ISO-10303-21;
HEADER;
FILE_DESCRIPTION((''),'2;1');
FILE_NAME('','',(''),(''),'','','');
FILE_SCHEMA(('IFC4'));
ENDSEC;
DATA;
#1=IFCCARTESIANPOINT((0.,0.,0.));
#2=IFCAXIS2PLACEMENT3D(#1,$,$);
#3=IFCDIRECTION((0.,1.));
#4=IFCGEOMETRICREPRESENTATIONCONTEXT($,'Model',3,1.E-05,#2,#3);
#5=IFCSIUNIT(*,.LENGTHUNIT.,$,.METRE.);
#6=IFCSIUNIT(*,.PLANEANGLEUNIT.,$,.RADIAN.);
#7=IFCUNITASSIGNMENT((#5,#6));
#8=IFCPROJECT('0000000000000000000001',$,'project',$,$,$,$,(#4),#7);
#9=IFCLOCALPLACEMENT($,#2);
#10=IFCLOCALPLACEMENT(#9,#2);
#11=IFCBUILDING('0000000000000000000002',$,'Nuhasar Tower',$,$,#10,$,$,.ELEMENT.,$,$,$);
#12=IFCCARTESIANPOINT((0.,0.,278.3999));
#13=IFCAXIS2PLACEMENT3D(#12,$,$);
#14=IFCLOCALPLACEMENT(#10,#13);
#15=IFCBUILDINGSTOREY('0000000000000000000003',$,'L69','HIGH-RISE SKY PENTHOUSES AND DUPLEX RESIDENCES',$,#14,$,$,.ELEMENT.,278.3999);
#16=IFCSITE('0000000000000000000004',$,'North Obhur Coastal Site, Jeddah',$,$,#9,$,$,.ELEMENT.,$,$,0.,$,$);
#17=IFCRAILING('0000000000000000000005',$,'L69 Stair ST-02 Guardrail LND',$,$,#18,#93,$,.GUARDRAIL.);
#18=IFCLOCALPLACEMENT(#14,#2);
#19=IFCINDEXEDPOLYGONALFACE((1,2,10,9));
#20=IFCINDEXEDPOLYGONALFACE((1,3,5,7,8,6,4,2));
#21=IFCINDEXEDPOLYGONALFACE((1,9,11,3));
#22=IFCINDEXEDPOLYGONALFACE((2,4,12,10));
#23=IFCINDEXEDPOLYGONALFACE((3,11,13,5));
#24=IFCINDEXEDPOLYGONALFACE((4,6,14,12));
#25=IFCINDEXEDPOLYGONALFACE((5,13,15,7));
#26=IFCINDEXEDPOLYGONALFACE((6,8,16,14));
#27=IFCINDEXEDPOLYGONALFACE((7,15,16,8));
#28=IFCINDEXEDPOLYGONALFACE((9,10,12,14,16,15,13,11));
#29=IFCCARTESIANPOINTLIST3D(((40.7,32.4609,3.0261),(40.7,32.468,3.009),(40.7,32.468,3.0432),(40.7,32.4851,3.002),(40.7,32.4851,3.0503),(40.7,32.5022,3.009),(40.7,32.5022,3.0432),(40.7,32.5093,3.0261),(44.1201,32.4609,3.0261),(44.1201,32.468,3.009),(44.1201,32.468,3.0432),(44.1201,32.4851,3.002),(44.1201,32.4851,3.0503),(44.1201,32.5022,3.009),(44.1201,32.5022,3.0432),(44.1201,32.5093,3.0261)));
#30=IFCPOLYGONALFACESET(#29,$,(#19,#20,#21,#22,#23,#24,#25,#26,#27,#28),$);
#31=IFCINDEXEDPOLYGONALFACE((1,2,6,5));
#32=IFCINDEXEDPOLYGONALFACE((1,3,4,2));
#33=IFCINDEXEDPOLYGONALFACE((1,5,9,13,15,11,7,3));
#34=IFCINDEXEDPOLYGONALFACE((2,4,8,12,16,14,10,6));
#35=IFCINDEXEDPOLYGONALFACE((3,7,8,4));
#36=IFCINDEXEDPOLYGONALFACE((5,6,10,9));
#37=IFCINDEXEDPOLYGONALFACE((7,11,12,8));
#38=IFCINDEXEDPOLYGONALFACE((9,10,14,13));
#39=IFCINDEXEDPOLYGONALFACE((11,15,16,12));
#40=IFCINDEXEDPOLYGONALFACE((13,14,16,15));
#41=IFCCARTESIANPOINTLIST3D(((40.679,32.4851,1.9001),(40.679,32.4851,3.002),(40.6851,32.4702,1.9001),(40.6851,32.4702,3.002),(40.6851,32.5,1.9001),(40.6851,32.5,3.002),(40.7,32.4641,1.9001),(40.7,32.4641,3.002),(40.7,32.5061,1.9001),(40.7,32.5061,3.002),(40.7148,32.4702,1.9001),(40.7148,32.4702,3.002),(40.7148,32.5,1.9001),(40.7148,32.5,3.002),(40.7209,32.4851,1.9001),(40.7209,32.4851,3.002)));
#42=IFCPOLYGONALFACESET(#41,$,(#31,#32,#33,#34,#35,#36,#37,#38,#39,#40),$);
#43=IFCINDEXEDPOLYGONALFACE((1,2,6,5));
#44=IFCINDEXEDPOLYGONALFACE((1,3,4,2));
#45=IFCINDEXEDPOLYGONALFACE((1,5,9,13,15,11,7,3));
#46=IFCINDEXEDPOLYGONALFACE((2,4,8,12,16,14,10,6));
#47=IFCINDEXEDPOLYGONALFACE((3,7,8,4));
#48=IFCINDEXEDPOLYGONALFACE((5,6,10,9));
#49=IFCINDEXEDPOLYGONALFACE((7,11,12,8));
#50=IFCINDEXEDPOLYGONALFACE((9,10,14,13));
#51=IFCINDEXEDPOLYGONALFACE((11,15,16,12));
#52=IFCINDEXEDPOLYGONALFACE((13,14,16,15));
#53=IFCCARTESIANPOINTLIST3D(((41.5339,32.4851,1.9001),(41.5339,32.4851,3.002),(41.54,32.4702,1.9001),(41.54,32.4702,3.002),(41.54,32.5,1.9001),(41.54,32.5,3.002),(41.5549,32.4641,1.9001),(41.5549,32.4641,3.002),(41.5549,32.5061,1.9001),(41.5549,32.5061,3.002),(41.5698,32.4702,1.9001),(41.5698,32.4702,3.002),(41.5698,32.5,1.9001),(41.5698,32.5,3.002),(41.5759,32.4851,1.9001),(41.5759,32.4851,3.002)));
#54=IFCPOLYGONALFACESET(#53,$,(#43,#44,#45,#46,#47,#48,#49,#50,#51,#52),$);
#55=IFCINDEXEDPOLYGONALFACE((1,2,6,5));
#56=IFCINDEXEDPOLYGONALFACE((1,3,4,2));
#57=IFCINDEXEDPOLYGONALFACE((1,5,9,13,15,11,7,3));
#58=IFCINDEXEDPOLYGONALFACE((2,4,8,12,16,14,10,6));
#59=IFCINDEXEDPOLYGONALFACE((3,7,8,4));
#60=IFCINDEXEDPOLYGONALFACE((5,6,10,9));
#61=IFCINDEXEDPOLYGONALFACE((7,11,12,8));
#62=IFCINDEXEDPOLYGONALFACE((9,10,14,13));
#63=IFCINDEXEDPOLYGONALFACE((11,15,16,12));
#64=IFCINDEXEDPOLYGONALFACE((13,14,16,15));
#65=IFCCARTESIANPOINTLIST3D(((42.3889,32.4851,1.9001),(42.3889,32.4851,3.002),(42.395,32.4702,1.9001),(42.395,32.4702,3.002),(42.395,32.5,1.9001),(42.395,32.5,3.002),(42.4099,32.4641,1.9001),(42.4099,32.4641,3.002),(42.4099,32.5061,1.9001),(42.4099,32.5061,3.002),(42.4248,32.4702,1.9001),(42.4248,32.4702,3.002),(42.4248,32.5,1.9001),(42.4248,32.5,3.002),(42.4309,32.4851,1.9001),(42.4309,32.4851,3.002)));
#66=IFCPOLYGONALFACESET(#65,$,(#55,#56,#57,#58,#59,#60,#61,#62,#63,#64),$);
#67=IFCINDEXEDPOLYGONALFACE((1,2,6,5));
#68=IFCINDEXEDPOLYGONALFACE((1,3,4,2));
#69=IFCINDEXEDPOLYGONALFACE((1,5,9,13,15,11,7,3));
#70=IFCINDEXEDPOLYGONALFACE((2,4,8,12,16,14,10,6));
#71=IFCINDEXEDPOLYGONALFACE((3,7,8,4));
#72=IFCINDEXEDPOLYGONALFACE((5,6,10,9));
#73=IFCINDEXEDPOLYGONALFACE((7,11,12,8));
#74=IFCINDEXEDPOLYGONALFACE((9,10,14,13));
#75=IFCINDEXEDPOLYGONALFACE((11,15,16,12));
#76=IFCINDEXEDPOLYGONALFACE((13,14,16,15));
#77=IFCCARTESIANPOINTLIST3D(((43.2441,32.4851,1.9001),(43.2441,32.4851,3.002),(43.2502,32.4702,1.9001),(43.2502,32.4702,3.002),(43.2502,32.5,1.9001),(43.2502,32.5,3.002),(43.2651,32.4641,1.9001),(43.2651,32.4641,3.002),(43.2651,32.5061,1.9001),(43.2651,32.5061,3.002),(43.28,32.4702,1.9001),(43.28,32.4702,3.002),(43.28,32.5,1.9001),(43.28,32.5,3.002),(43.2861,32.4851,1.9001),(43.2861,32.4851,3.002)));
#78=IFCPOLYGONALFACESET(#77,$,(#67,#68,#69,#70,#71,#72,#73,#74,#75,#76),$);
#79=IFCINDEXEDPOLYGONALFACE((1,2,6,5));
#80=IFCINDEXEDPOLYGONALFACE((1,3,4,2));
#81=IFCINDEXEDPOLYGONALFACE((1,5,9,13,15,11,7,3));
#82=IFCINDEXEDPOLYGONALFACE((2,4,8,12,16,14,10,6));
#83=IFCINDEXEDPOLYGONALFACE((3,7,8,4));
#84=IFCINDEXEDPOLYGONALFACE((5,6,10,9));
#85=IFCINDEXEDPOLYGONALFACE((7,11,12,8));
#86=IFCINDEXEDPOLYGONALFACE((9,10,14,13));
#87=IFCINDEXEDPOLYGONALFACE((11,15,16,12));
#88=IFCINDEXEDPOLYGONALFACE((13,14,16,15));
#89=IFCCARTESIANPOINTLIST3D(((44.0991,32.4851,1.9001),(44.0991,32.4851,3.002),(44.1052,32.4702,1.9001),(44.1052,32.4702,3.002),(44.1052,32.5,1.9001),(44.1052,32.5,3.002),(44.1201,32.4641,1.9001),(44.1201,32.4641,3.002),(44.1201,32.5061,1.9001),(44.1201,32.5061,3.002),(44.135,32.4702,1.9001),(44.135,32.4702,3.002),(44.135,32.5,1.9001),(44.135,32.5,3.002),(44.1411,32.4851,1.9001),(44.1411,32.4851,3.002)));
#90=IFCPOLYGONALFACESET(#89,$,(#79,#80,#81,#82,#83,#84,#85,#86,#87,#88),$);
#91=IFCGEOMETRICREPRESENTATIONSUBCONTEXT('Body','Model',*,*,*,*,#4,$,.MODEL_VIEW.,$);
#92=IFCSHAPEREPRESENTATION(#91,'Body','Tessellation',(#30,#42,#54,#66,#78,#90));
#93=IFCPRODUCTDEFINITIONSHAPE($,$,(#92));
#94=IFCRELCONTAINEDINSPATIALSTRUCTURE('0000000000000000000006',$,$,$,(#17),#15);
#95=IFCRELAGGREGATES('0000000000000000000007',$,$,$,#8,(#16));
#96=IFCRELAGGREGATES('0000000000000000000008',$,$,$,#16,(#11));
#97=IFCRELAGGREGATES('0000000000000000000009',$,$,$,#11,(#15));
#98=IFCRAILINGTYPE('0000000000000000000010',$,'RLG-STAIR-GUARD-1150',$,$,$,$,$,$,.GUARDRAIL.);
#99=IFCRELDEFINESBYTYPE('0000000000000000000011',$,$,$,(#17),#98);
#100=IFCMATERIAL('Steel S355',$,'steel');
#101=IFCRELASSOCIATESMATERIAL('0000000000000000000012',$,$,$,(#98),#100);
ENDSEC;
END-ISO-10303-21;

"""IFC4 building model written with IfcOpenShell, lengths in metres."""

from ifc_helpers import new_model, si_unit, direction, frame, origin, place, context, subcontext, project, spatial, polyline, outline, extrude, material, type_object, element, save


model = new_model("IFC4")

# Units and contexts
model_context = context("Model", 3, precision=1e-05, world=origin(), true_north=direction((0.0, 1.0)))
body_context = subcontext(model_context, "Body", "Model", "MODEL_VIEW")
ifc_project = project(units=[si_unit("LENGTHUNIT", "METRE"), si_unit("PLANEANGLEUNIT", "RADIAN")], contexts=[model_context])

# Site, building, storey
site_placement = place(None, origin())
site = spatial("IfcSite", under=ifc_project, at=site_placement, Name="North Obhur Coastal Site, Jeddah", CompositionType="ELEMENT", RefElevation=0.0)
building_placement = place(site_placement, origin())
building = spatial("IfcBuilding", under=site, at=building_placement, Name="Nuhasar Tower", CompositionType="ELEMENT")
storey_placement = place(building_placement, frame((0.0, 0.0, 278.3999)))
storey = spatial("IfcBuildingStorey", under=building, at=storey_placement, Name="L69", Description="HIGH-RISE SKY PENTHOUSES AND DUPLEX RESIDENCES", CompositionType="ELEMENT", Elevation=278.3999)

# Shared definitions
ifc_material_1 = material(Name="Steel S355", Category="steel")

# Railing
railing_type_1 = type_object("IfcRailingType", Name="RLG-STAIR-GUARD-1150", PredefinedType="GUARDRAIL", material=ifc_material_1)
railing_1_placement = place(storey_placement, frame((40.7, 32.4851, 1.9001)))
element("IfcRailing", 1, at=railing_1_placement, inside=storey, type_object=railing_type_1, Name="L69 Stair ST-02 Guardrail LND", PredefinedType="GUARDRAIL", context=body_context, shape_type="SweptSolid", body=[
    extrude(outline(polyline([(0.0242, 0.0), (0.0171, 0.0171), (0.0, 0.0242), (-0.0171, 0.0171), (-0.0242, 0.0), (-0.0171, -0.0171), (0.0, -0.0242), (0.0171, -0.0171), (0.0242, 0.0)])), frame((0.0, 0.0, 1.126), z_axis=(1.0, 0.0, 0.0), x_axis=(0.0, 1.0, 0.0)), (0.0, 0.0, 1.0), 3.4202),
    extrude(outline(polyline([(0.021, 0.0), (0.0149, 0.0149), (0.0, 0.021), (-0.0149, 0.0149), (-0.021, 0.0), (-0.0149, -0.0149), (0.0, -0.021), (0.0149, -0.0149), (0.021, 0.0)])), origin(), (0.0, 0.0, 1.0), 1.1018),
    extrude(outline(polyline([(0.021, 0.0), (0.0149, 0.0149), (0.0, 0.021), (-0.0149, 0.0149), (-0.021, 0.0), (-0.0149, -0.0149), (0.0, -0.021), (0.0149, -0.0149), (0.021, 0.0)])), frame((0.855, 0.0, 0.0)), (0.0, 0.0, 1.0), 1.1018),
    extrude(outline(polyline([(0.021, 0.0), (0.0149, 0.0149), (0.0, 0.021), (-0.0149, 0.0149), (-0.021, 0.0), (-0.0149, -0.0149), (0.0, -0.021), (0.0149, -0.0149), (0.021, 0.0)])), frame((1.71, 0.0, 0.0)), (0.0, 0.0, 1.0), 1.1018),
    extrude(outline(polyline([(0.021, 0.0), (0.0149, 0.0149), (0.0, 0.021), (-0.0149, 0.0149), (-0.021, 0.0), (-0.0149, -0.0149), (0.0, -0.021), (0.0149, -0.0149), (0.021, 0.0)])), frame((2.5652, 0.0, 0.0)), (0.0, 0.0, 1.0), 1.1018),
    extrude(outline(polyline([(0.021, 0.0), (0.0149, 0.0149), (0.0, 0.021), (-0.0149, 0.0149), (-0.021, 0.0), (-0.0149, -0.0149), (0.0, -0.021), (0.0149, -0.0149), (0.021, 0.0)])), frame((3.4202, 0.0, 0.0)), (0.0, 0.0, 1.0), 1.1018),
])

save(model, "model.ifc")
